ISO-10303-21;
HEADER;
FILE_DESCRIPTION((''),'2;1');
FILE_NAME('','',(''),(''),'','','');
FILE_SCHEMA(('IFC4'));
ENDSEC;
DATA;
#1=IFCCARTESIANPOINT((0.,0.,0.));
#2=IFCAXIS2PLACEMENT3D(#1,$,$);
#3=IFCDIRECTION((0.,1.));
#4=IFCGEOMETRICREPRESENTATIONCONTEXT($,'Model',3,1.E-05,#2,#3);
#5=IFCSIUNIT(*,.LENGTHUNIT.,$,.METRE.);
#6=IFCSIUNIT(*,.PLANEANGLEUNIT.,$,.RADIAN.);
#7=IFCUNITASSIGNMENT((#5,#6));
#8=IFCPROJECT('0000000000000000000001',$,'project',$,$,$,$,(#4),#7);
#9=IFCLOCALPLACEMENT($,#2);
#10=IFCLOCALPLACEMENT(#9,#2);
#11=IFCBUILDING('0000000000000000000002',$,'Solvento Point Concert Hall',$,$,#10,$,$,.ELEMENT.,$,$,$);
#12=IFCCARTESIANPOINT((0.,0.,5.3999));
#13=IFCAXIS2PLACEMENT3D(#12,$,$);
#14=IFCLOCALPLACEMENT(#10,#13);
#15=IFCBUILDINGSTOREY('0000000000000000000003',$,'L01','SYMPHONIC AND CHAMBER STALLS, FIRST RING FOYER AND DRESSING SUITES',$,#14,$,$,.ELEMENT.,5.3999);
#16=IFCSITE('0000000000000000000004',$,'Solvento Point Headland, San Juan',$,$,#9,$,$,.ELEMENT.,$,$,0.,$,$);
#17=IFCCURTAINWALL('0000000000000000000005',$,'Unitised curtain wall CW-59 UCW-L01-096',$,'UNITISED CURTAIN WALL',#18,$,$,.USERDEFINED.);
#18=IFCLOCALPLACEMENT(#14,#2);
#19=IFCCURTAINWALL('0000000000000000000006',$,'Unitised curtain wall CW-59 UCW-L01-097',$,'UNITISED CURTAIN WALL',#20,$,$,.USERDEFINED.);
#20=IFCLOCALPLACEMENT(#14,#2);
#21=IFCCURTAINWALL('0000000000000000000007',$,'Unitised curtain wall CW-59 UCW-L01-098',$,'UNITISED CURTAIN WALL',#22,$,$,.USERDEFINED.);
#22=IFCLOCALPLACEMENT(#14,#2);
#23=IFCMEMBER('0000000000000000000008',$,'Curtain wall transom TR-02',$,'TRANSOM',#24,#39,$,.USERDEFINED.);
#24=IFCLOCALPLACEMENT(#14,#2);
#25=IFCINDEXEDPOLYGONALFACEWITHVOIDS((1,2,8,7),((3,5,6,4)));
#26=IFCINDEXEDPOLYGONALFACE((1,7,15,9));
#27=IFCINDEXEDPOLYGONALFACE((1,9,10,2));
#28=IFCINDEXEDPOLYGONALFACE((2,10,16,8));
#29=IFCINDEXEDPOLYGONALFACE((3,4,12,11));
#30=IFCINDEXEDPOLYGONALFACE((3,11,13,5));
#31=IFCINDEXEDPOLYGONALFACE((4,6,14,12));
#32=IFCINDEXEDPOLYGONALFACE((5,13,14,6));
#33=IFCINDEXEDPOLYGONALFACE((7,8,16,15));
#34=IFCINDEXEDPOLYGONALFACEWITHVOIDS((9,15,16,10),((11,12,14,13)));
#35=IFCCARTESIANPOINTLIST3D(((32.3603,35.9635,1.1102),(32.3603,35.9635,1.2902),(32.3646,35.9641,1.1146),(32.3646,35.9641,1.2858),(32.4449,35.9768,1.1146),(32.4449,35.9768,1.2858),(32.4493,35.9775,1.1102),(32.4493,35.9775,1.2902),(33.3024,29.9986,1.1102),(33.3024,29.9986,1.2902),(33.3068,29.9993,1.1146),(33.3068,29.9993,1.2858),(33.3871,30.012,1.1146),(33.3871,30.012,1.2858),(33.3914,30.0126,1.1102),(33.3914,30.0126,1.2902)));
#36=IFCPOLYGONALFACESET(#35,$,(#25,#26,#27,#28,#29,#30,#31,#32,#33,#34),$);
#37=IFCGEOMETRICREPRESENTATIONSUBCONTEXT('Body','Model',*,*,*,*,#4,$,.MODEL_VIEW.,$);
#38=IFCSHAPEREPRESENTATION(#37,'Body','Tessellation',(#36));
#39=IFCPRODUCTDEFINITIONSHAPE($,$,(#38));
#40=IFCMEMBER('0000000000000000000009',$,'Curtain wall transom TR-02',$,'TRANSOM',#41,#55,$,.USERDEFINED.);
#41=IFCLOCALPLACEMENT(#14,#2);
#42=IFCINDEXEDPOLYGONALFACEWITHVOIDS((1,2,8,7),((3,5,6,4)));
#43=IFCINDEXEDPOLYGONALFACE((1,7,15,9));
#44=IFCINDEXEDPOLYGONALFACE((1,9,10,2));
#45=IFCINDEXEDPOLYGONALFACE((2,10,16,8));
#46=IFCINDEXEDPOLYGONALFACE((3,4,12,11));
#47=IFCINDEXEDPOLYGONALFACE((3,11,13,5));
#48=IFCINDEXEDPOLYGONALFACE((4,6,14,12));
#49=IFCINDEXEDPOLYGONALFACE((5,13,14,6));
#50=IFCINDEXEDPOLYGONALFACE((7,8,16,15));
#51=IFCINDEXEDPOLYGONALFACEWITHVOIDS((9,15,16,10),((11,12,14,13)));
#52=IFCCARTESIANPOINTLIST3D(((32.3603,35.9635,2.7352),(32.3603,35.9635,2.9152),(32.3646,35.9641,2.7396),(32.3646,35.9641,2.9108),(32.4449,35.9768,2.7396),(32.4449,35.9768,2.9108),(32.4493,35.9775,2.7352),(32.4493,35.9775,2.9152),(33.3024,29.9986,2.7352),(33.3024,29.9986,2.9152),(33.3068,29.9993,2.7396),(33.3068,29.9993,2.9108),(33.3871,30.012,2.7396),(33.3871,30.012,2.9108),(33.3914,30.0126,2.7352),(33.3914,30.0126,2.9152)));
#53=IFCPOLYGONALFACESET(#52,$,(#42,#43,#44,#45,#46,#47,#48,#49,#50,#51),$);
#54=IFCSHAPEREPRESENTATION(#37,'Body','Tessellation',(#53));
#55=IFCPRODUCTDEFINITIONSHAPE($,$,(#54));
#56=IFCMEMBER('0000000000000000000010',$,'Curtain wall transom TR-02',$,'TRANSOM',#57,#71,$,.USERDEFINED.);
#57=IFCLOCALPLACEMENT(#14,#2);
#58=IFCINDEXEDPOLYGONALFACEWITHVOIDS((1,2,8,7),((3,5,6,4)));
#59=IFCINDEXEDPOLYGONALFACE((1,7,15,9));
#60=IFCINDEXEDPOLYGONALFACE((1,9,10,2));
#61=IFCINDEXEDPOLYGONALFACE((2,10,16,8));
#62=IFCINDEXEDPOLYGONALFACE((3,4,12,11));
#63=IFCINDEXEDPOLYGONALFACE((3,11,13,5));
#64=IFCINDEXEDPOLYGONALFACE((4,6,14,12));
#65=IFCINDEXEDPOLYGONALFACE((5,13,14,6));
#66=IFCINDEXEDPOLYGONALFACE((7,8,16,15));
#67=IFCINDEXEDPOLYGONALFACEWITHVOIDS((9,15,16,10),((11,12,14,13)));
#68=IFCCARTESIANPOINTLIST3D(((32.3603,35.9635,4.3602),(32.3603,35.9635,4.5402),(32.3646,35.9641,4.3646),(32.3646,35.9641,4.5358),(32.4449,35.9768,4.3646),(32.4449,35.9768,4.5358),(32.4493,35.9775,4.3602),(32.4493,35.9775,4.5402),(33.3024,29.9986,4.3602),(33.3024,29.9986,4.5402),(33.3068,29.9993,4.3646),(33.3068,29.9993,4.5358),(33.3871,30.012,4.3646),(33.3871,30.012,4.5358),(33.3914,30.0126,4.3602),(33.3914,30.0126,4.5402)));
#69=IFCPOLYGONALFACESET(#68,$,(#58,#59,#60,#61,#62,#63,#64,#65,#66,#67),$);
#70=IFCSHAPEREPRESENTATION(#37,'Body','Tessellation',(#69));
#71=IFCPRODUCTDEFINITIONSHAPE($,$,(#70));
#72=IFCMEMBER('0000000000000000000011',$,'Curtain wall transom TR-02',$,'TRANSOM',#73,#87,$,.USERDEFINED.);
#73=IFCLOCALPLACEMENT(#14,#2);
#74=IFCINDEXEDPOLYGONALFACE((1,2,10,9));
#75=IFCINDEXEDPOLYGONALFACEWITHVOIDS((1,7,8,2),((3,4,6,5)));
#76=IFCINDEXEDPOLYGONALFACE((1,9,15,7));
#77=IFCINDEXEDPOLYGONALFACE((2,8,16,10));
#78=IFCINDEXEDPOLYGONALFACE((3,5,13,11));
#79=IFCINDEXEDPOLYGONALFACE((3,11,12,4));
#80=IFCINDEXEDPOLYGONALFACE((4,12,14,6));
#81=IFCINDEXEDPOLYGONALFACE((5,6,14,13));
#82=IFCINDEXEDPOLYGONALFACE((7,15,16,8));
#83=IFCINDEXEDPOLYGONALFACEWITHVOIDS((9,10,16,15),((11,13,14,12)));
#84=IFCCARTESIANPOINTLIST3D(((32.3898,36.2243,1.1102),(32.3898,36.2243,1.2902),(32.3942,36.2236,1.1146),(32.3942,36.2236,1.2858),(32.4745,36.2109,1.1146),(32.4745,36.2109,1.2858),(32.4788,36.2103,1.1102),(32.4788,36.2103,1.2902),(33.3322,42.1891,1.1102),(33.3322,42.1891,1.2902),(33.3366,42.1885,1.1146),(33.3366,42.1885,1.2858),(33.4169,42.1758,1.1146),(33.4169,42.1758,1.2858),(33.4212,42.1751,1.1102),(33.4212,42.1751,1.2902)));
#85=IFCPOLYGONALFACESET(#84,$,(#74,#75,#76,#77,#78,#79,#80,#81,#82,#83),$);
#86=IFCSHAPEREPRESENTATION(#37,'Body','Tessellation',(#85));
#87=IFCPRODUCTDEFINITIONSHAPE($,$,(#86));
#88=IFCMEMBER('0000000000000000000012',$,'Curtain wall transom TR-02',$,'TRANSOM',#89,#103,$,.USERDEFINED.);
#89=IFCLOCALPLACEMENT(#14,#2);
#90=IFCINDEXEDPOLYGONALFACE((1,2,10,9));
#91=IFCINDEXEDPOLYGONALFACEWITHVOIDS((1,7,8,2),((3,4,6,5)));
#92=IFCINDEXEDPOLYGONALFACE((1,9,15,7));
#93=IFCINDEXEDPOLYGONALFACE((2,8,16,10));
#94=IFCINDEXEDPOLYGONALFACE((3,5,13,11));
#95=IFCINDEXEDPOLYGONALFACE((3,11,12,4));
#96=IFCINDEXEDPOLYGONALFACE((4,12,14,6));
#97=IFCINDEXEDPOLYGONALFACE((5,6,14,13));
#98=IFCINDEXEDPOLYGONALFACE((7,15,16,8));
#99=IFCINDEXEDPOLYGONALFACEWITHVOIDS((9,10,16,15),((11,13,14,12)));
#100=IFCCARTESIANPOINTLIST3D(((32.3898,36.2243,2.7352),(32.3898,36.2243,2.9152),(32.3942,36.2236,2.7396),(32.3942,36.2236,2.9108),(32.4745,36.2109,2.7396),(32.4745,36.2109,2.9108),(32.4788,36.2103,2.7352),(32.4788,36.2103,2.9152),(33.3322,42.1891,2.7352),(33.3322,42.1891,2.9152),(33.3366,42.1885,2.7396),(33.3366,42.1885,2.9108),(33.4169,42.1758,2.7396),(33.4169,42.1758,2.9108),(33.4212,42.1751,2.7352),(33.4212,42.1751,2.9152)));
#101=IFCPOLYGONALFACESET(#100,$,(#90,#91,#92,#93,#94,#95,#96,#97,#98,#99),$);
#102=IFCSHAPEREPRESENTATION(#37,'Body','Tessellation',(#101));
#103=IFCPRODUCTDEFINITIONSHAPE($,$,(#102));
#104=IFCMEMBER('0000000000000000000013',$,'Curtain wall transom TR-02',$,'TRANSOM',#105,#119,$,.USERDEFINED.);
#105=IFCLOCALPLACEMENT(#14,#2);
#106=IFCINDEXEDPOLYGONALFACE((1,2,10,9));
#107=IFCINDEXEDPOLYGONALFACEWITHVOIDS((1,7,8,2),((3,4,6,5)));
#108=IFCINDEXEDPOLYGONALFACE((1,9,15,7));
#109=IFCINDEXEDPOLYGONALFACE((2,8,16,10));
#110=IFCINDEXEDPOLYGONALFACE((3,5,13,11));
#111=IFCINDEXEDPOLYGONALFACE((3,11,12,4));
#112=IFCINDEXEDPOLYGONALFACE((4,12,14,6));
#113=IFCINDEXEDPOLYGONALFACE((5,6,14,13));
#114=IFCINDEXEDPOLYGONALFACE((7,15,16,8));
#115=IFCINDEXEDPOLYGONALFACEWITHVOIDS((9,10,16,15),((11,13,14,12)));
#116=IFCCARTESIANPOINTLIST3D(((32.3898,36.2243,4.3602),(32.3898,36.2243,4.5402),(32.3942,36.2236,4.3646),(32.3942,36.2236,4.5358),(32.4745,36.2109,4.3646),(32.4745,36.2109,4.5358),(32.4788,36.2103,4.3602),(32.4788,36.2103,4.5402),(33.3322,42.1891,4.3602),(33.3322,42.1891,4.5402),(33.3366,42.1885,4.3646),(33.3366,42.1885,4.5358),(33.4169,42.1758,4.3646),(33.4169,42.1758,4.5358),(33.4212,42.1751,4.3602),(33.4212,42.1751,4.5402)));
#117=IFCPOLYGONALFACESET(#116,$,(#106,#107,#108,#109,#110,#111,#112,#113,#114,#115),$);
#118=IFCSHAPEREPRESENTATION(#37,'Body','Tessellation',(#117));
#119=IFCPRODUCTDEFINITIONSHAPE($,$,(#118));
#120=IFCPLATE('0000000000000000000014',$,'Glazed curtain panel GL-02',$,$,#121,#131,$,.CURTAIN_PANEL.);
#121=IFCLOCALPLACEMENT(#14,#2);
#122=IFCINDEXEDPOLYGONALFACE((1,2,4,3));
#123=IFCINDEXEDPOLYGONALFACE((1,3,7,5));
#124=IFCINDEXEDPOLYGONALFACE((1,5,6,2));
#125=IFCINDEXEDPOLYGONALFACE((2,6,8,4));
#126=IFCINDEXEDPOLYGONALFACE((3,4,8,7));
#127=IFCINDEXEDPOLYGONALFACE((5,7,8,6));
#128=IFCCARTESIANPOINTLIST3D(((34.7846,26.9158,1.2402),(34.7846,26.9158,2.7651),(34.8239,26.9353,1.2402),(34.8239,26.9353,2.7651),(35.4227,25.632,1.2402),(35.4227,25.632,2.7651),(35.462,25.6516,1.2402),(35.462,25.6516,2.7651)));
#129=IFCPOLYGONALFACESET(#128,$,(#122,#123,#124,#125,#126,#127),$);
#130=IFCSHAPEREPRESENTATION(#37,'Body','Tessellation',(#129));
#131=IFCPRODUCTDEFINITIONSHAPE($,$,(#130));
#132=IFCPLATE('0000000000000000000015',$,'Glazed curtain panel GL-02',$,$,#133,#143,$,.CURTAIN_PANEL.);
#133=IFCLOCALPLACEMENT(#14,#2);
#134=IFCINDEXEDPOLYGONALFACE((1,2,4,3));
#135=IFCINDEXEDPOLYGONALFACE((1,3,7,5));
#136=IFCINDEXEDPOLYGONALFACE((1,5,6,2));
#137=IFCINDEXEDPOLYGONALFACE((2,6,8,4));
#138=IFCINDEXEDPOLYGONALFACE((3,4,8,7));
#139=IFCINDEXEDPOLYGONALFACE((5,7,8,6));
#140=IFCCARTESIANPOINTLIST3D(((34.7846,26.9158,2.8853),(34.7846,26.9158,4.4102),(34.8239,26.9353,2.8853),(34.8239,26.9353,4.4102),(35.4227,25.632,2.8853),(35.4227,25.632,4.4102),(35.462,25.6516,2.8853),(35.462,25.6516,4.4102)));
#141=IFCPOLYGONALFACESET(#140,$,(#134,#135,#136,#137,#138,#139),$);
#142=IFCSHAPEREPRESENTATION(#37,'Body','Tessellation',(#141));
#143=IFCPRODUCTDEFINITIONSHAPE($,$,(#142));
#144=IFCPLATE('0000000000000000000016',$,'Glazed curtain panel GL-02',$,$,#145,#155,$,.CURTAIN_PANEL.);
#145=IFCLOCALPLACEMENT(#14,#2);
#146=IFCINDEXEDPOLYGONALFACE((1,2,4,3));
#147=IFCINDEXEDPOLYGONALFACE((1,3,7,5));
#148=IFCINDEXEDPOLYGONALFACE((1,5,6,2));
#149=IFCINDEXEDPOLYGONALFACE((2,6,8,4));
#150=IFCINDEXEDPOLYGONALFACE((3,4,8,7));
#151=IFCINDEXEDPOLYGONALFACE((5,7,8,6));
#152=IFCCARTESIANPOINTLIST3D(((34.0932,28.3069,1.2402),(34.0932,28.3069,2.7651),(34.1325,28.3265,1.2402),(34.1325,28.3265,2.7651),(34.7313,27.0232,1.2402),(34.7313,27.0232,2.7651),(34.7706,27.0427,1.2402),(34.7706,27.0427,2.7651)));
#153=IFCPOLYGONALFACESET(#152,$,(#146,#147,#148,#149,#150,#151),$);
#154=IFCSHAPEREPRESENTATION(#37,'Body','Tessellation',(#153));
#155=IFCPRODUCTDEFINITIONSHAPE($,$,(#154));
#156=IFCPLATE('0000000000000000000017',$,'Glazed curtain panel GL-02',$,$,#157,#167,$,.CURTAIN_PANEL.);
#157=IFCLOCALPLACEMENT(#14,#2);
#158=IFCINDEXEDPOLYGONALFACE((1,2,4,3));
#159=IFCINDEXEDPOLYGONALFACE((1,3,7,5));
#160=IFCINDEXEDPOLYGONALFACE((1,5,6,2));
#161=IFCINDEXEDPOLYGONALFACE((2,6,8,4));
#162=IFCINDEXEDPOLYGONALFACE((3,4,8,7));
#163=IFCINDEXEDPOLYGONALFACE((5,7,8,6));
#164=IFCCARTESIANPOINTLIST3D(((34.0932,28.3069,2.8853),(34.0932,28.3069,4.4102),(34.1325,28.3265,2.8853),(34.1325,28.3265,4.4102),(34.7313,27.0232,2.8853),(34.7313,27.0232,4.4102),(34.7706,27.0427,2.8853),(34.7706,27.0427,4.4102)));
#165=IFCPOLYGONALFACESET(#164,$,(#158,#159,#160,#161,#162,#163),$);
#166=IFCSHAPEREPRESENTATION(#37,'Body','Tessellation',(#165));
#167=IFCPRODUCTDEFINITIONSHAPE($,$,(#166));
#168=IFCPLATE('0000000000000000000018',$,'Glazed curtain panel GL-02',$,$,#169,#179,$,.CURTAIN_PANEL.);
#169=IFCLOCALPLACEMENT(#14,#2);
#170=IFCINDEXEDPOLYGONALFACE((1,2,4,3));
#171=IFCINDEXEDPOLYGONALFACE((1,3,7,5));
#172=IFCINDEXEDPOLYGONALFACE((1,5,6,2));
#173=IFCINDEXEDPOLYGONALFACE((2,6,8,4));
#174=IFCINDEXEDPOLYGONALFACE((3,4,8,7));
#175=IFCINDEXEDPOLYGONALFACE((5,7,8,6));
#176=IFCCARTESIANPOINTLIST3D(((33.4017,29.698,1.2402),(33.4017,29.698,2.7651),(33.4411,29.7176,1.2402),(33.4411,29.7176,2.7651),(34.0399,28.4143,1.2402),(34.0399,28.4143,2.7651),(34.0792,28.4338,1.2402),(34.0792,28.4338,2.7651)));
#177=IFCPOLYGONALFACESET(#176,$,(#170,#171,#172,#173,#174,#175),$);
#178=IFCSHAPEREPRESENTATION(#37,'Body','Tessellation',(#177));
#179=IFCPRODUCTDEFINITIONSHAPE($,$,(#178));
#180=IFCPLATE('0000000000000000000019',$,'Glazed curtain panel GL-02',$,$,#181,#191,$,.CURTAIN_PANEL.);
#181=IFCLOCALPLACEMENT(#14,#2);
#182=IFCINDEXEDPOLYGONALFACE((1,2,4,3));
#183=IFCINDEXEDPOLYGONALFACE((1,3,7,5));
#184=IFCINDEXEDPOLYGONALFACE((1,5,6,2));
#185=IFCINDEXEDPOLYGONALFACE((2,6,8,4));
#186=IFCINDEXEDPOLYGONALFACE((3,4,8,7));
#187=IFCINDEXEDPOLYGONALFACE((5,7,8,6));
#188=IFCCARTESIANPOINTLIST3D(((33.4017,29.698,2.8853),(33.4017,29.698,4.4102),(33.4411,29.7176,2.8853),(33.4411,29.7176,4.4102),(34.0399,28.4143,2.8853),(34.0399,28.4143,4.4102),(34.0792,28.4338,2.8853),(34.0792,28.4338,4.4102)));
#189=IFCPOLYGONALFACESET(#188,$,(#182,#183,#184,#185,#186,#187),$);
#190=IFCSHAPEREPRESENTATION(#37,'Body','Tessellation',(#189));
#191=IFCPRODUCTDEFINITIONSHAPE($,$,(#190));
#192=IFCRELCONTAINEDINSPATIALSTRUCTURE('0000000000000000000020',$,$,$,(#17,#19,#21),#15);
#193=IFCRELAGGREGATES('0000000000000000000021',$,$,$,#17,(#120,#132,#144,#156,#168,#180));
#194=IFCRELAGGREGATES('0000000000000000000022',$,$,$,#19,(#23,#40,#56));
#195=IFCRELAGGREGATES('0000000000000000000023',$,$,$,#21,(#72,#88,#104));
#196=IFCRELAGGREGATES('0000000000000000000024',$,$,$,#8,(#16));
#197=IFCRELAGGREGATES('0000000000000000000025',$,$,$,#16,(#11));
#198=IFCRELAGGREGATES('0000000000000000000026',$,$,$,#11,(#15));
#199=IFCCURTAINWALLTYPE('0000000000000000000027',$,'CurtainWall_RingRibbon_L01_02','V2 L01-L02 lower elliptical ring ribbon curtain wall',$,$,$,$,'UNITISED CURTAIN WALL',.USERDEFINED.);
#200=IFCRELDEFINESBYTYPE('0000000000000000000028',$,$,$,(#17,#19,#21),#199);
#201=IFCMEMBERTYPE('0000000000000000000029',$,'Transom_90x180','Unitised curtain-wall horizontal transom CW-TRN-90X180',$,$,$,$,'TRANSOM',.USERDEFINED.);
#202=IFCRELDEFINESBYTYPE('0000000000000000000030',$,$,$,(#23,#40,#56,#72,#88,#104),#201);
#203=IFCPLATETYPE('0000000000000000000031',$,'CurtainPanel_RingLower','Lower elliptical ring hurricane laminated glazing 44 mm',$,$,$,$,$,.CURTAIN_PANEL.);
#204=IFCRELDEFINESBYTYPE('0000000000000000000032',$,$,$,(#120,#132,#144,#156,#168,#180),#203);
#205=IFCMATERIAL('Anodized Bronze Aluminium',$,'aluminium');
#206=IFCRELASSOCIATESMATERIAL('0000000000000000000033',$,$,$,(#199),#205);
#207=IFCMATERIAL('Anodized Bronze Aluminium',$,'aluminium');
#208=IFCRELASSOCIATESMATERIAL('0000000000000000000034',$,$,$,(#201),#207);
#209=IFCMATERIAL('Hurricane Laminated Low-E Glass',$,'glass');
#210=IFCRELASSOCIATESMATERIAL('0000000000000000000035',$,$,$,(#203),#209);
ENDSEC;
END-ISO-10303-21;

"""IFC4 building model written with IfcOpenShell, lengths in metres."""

from ifc_helpers import new_model, si_unit, direction, frame, origin, origin_2d, place, context, subcontext, project, spatial, rectangle, hollow_rectangle, extrude, material, material_profile, profile_set, type_object, element, aggregate, save


model = new_model("IFC4")

# Units and contexts
model_context = context("Model", 3, precision=1e-05, world=origin(), true_north=direction((0.0, 1.0)))
body_context = subcontext(model_context, "Body", "Model", "MODEL_VIEW")
ifc_project = project(units=[si_unit("LENGTHUNIT", "METRE"), si_unit("PLANEANGLEUNIT", "RADIAN")], contexts=[model_context])

# Site, building, storey
site_placement = place(None, origin())
site = spatial("IfcSite", under=ifc_project, at=site_placement, Name="Solvento Point Headland, San Juan", CompositionType="ELEMENT", RefElevation=0.0)
building_placement = place(site_placement, origin())
building = spatial("IfcBuilding", under=site, at=building_placement, Name="Solvento Point Concert Hall", CompositionType="ELEMENT")
storey_placement = place(building_placement, frame((0.0, 0.0, 5.3999)))
storey = spatial("IfcBuildingStorey", under=building, at=storey_placement, Name="L01", Description="SYMPHONIC AND CHAMBER STALLS, FIRST RING FOYER AND DRESSING SUITES", CompositionType="ELEMENT", Elevation=5.3999)

# Curtain walls
ifc_material_1 = material(Name="Anodized Bronze Aluminium", Category="aluminium")
curtain_wall_type = type_object("IfcCurtainWallType", Name="CurtainWall_RingRibbon_L01_02", Description="V2 L01-L02 lower elliptical ring ribbon curtain wall", ElementType="UNITISED CURTAIN WALL", PredefinedType="USERDEFINED", material=ifc_material_1)
curtain_wall_1_placement = place(storey_placement, origin())
curtain_wall_1 = element("IfcCurtainWall", 1, at=curtain_wall_1_placement, inside=storey, type_object=curtain_wall_type, Name="Unitised curtain wall CW-59 UCW-L01-096", ObjectType="UNITISED CURTAIN WALL", PredefinedType="USERDEFINED")
curtain_wall_2_placement = place(storey_placement, origin())
curtain_wall_2 = element("IfcCurtainWall", 2, at=curtain_wall_2_placement, inside=storey, type_object=curtain_wall_type, Name="Unitised curtain wall CW-59 UCW-L01-097", ObjectType="UNITISED CURTAIN WALL", PredefinedType="USERDEFINED")

# Curtain wall
curtain_wall_3_placement = place(storey_placement, origin())
curtain_wall_3 = element("IfcCurtainWall", 3, at=curtain_wall_3_placement, inside=storey, type_object=curtain_wall_type, Name="Unitised curtain wall CW-59 UCW-L01-098", ObjectType="UNITISED CURTAIN WALL", PredefinedType="USERDEFINED")

# Members
ifc_material_2 = material(Name="Anodized Bronze Aluminium", Category="aluminium")
ifc_material_profile_1 = material_profile(ifc_material_2, hollow_rectangle(XDim=0.0901, YDim=0.1799, WallThickness=0.0044, at=origin_2d()), Name="CW-TRN-90X180")
ifc_profile_set_1 = profile_set([ifc_material_profile_1], Name="Anodized Bronze Aluminium")
member_type_1 = type_object("IfcMemberType", Name="Transom_90x180", Description="Unitised curtain-wall horizontal transom CW-TRN-90X180", ElementType="TRANSOM", PredefinedType="USERDEFINED", material=ifc_profile_set_1)
member_1_placement = place(storey_placement, frame((33.3469, 30.0056, 1.2002), z_axis=(-0.156014, 0.987755, 0.0), x_axis=(-0.987755, -0.156014, 0.0)))
member_1 = element("IfcMember", 4, at=member_1_placement, type_object=member_type_1, Name="Curtain wall transom TR-02", ObjectType="TRANSOM", PredefinedType="USERDEFINED", context=body_context, shape_type="SweptSolid", body=[
    extrude(hollow_rectangle(XDim=0.0901, YDim=0.1799, WallThickness=0.0044, at=origin_2d()), origin(), (0.0, 0.0, 1.0), 6.0388),
])
member_2_placement = place(storey_placement, frame((33.3469, 30.0056, 2.8252), z_axis=(-0.156014, 0.987755, 0.0), x_axis=(-0.987755, -0.156014, 0.0)))
member_2 = element("IfcMember", 5, at=member_2_placement, type_object=member_type_1, Name="Curtain wall transom TR-02", ObjectType="TRANSOM", PredefinedType="USERDEFINED", context=body_context, shape_type="SweptSolid", body=[
    extrude(hollow_rectangle(XDim=0.0901, YDim=0.1799, WallThickness=0.0044, at=origin_2d()), origin(), (0.0, 0.0, 1.0), 6.0388),
])
member_3_placement = place(storey_placement, frame((33.3469, 30.0056, 4.4502), z_axis=(-0.156014, 0.987755, 0.0), x_axis=(-0.987755, -0.156014, 0.0)))
member_3 = element("IfcMember", 6, at=member_3_placement, type_object=member_type_1, Name="Curtain wall transom TR-02", ObjectType="TRANSOM", PredefinedType="USERDEFINED", context=body_context, shape_type="SweptSolid", body=[
    extrude(hollow_rectangle(XDim=0.0901, YDim=0.1799, WallThickness=0.0044, at=origin_2d()), origin(), (0.0, 0.0, 1.0), 6.0388),
])
member_4_placement = place(storey_placement, frame((32.4343, 36.2173, 1.2002), z_axis=(0.156054, 0.987749, 0.0), x_axis=(-0.987749, 0.156054, 0.0)))
member_4 = element("IfcMember", 7, at=member_4_placement, type_object=member_type_1, Name="Curtain wall transom TR-02", ObjectType="TRANSOM", PredefinedType="USERDEFINED", context=body_context, shape_type="SweptSolid", body=[
    extrude(hollow_rectangle(XDim=0.0901, YDim=0.1799, WallThickness=0.0044, at=origin_2d()), origin(), (0.0, 0.0, 1.0), 6.0388),
])
member_5_placement = place(storey_placement, frame((32.4343, 36.2173, 2.8252), z_axis=(0.156054, 0.987749, 0.0), x_axis=(-0.987749, 0.156054, 0.0)))
member_5 = element("IfcMember", 8, at=member_5_placement, type_object=member_type_1, Name="Curtain wall transom TR-02", ObjectType="TRANSOM", PredefinedType="USERDEFINED", context=body_context, shape_type="SweptSolid", body=[
    extrude(hollow_rectangle(XDim=0.0901, YDim=0.1799, WallThickness=0.0044, at=origin_2d()), origin(), (0.0, 0.0, 1.0), 6.0388),
])
member_6_placement = place(storey_placement, frame((32.4343, 36.2173, 4.4502), z_axis=(0.156054, 0.987749, 0.0), x_axis=(-0.987749, 0.156054, 0.0)))
member_6 = element("IfcMember", 9, at=member_6_placement, type_object=member_type_1, Name="Curtain wall transom TR-02", ObjectType="TRANSOM", PredefinedType="USERDEFINED", context=body_context, shape_type="SweptSolid", body=[
    extrude(hollow_rectangle(XDim=0.0901, YDim=0.1799, WallThickness=0.0044, at=origin_2d()), origin(), (0.0, 0.0, 1.0), 6.0388),
])

# Plates
ifc_material_3 = material(Name="Hurricane Laminated Low-E Glass", Category="glass")
plate_type = type_object("IfcPlateType", Name="CurtainPanel_RingLower", Description="Lower elliptical ring hurricane laminated glazing 44 mm", PredefinedType="CURTAIN_PANEL", material=ifc_material_3)
plate_1_placement = place(storey_placement, frame((35.1233, 26.2837, 1.2402), z_axis=(0.0, 0.0, 1.0), x_axis=(-0.445115, 0.895473, 0.0)))
plate_1 = element("IfcPlate", 10, at=plate_1_placement, type_object=plate_type, Name="Glazed curtain panel GL-02", PredefinedType="CURTAIN_PANEL", context=body_context, shape_type="SweptSolid", body=[
    extrude(rectangle(XDim=1.4336, YDim=0.0439, at=origin_2d()), origin(), (0.0, 0.0, 1.0), 1.5249),
])
plate_2_placement = place(storey_placement, frame((35.1233, 26.2837, 2.8853), z_axis=(0.0, 0.0, 1.0), x_axis=(-0.445115, 0.895473, 0.0)))
plate_2 = element("IfcPlate", 11, at=plate_2_placement, type_object=plate_type, Name="Glazed curtain panel GL-02", PredefinedType="CURTAIN_PANEL", context=body_context, shape_type="SweptSolid", body=[
    extrude(rectangle(XDim=1.4336, YDim=0.0439, at=origin_2d()), origin(), (0.0, 0.0, 1.0), 1.5249),
])
plate_3_placement = place(storey_placement, frame((34.4319, 27.6748, 1.2402), z_axis=(0.0, 0.0, 1.0), x_axis=(-0.445115, 0.895473, 0.0)))
plate_3 = element("IfcPlate", 12, at=plate_3_placement, type_object=plate_type, Name="Glazed curtain panel GL-02", PredefinedType="CURTAIN_PANEL", context=body_context, shape_type="SweptSolid", body=[
    extrude(rectangle(XDim=1.4336, YDim=0.0439, at=origin_2d()), origin(), (0.0, 0.0, 1.0), 1.5249),
])
plate_4_placement = place(storey_placement, frame((34.4319, 27.6748, 2.8853), z_axis=(0.0, 0.0, 1.0), x_axis=(-0.445115, 0.895473, 0.0)))
plate_4 = element("IfcPlate", 13, at=plate_4_placement, type_object=plate_type, Name="Glazed curtain panel GL-02", PredefinedType="CURTAIN_PANEL", context=body_context, shape_type="SweptSolid", body=[
    extrude(rectangle(XDim=1.4336, YDim=0.0439, at=origin_2d()), origin(), (0.0, 0.0, 1.0), 1.5249),
])
plate_5_placement = place(storey_placement, frame((33.7405, 29.0659, 1.2402), z_axis=(0.0, 0.0, 1.0), x_axis=(-0.445115, 0.895473, 0.0)))
plate_5 = element("IfcPlate", 14, at=plate_5_placement, type_object=plate_type, Name="Glazed curtain panel GL-02", PredefinedType="CURTAIN_PANEL", context=body_context, shape_type="SweptSolid", body=[
    extrude(rectangle(XDim=1.4336, YDim=0.0439, at=origin_2d()), origin(), (0.0, 0.0, 1.0), 1.5249),
])
plate_6_placement = place(storey_placement, frame((33.7405, 29.0659, 2.8853), z_axis=(0.0, 0.0, 1.0), x_axis=(-0.445115, 0.895473, 0.0)))
plate_6 = element("IfcPlate", 15, at=plate_6_placement, type_object=plate_type, Name="Glazed curtain panel GL-02", PredefinedType="CURTAIN_PANEL", context=body_context, shape_type="SweptSolid", body=[
    extrude(rectangle(XDim=1.4336, YDim=0.0439, at=origin_2d()), origin(), (0.0, 0.0, 1.0), 1.5249),
])
aggregate(curtain_wall_1, [plate_1, plate_2, plate_3, plate_4, plate_5, plate_6])
aggregate(curtain_wall_2, [member_1, member_2, member_3])
aggregate(curtain_wall_3, [member_4, member_5, member_6])

save(model, "model.ifc")
